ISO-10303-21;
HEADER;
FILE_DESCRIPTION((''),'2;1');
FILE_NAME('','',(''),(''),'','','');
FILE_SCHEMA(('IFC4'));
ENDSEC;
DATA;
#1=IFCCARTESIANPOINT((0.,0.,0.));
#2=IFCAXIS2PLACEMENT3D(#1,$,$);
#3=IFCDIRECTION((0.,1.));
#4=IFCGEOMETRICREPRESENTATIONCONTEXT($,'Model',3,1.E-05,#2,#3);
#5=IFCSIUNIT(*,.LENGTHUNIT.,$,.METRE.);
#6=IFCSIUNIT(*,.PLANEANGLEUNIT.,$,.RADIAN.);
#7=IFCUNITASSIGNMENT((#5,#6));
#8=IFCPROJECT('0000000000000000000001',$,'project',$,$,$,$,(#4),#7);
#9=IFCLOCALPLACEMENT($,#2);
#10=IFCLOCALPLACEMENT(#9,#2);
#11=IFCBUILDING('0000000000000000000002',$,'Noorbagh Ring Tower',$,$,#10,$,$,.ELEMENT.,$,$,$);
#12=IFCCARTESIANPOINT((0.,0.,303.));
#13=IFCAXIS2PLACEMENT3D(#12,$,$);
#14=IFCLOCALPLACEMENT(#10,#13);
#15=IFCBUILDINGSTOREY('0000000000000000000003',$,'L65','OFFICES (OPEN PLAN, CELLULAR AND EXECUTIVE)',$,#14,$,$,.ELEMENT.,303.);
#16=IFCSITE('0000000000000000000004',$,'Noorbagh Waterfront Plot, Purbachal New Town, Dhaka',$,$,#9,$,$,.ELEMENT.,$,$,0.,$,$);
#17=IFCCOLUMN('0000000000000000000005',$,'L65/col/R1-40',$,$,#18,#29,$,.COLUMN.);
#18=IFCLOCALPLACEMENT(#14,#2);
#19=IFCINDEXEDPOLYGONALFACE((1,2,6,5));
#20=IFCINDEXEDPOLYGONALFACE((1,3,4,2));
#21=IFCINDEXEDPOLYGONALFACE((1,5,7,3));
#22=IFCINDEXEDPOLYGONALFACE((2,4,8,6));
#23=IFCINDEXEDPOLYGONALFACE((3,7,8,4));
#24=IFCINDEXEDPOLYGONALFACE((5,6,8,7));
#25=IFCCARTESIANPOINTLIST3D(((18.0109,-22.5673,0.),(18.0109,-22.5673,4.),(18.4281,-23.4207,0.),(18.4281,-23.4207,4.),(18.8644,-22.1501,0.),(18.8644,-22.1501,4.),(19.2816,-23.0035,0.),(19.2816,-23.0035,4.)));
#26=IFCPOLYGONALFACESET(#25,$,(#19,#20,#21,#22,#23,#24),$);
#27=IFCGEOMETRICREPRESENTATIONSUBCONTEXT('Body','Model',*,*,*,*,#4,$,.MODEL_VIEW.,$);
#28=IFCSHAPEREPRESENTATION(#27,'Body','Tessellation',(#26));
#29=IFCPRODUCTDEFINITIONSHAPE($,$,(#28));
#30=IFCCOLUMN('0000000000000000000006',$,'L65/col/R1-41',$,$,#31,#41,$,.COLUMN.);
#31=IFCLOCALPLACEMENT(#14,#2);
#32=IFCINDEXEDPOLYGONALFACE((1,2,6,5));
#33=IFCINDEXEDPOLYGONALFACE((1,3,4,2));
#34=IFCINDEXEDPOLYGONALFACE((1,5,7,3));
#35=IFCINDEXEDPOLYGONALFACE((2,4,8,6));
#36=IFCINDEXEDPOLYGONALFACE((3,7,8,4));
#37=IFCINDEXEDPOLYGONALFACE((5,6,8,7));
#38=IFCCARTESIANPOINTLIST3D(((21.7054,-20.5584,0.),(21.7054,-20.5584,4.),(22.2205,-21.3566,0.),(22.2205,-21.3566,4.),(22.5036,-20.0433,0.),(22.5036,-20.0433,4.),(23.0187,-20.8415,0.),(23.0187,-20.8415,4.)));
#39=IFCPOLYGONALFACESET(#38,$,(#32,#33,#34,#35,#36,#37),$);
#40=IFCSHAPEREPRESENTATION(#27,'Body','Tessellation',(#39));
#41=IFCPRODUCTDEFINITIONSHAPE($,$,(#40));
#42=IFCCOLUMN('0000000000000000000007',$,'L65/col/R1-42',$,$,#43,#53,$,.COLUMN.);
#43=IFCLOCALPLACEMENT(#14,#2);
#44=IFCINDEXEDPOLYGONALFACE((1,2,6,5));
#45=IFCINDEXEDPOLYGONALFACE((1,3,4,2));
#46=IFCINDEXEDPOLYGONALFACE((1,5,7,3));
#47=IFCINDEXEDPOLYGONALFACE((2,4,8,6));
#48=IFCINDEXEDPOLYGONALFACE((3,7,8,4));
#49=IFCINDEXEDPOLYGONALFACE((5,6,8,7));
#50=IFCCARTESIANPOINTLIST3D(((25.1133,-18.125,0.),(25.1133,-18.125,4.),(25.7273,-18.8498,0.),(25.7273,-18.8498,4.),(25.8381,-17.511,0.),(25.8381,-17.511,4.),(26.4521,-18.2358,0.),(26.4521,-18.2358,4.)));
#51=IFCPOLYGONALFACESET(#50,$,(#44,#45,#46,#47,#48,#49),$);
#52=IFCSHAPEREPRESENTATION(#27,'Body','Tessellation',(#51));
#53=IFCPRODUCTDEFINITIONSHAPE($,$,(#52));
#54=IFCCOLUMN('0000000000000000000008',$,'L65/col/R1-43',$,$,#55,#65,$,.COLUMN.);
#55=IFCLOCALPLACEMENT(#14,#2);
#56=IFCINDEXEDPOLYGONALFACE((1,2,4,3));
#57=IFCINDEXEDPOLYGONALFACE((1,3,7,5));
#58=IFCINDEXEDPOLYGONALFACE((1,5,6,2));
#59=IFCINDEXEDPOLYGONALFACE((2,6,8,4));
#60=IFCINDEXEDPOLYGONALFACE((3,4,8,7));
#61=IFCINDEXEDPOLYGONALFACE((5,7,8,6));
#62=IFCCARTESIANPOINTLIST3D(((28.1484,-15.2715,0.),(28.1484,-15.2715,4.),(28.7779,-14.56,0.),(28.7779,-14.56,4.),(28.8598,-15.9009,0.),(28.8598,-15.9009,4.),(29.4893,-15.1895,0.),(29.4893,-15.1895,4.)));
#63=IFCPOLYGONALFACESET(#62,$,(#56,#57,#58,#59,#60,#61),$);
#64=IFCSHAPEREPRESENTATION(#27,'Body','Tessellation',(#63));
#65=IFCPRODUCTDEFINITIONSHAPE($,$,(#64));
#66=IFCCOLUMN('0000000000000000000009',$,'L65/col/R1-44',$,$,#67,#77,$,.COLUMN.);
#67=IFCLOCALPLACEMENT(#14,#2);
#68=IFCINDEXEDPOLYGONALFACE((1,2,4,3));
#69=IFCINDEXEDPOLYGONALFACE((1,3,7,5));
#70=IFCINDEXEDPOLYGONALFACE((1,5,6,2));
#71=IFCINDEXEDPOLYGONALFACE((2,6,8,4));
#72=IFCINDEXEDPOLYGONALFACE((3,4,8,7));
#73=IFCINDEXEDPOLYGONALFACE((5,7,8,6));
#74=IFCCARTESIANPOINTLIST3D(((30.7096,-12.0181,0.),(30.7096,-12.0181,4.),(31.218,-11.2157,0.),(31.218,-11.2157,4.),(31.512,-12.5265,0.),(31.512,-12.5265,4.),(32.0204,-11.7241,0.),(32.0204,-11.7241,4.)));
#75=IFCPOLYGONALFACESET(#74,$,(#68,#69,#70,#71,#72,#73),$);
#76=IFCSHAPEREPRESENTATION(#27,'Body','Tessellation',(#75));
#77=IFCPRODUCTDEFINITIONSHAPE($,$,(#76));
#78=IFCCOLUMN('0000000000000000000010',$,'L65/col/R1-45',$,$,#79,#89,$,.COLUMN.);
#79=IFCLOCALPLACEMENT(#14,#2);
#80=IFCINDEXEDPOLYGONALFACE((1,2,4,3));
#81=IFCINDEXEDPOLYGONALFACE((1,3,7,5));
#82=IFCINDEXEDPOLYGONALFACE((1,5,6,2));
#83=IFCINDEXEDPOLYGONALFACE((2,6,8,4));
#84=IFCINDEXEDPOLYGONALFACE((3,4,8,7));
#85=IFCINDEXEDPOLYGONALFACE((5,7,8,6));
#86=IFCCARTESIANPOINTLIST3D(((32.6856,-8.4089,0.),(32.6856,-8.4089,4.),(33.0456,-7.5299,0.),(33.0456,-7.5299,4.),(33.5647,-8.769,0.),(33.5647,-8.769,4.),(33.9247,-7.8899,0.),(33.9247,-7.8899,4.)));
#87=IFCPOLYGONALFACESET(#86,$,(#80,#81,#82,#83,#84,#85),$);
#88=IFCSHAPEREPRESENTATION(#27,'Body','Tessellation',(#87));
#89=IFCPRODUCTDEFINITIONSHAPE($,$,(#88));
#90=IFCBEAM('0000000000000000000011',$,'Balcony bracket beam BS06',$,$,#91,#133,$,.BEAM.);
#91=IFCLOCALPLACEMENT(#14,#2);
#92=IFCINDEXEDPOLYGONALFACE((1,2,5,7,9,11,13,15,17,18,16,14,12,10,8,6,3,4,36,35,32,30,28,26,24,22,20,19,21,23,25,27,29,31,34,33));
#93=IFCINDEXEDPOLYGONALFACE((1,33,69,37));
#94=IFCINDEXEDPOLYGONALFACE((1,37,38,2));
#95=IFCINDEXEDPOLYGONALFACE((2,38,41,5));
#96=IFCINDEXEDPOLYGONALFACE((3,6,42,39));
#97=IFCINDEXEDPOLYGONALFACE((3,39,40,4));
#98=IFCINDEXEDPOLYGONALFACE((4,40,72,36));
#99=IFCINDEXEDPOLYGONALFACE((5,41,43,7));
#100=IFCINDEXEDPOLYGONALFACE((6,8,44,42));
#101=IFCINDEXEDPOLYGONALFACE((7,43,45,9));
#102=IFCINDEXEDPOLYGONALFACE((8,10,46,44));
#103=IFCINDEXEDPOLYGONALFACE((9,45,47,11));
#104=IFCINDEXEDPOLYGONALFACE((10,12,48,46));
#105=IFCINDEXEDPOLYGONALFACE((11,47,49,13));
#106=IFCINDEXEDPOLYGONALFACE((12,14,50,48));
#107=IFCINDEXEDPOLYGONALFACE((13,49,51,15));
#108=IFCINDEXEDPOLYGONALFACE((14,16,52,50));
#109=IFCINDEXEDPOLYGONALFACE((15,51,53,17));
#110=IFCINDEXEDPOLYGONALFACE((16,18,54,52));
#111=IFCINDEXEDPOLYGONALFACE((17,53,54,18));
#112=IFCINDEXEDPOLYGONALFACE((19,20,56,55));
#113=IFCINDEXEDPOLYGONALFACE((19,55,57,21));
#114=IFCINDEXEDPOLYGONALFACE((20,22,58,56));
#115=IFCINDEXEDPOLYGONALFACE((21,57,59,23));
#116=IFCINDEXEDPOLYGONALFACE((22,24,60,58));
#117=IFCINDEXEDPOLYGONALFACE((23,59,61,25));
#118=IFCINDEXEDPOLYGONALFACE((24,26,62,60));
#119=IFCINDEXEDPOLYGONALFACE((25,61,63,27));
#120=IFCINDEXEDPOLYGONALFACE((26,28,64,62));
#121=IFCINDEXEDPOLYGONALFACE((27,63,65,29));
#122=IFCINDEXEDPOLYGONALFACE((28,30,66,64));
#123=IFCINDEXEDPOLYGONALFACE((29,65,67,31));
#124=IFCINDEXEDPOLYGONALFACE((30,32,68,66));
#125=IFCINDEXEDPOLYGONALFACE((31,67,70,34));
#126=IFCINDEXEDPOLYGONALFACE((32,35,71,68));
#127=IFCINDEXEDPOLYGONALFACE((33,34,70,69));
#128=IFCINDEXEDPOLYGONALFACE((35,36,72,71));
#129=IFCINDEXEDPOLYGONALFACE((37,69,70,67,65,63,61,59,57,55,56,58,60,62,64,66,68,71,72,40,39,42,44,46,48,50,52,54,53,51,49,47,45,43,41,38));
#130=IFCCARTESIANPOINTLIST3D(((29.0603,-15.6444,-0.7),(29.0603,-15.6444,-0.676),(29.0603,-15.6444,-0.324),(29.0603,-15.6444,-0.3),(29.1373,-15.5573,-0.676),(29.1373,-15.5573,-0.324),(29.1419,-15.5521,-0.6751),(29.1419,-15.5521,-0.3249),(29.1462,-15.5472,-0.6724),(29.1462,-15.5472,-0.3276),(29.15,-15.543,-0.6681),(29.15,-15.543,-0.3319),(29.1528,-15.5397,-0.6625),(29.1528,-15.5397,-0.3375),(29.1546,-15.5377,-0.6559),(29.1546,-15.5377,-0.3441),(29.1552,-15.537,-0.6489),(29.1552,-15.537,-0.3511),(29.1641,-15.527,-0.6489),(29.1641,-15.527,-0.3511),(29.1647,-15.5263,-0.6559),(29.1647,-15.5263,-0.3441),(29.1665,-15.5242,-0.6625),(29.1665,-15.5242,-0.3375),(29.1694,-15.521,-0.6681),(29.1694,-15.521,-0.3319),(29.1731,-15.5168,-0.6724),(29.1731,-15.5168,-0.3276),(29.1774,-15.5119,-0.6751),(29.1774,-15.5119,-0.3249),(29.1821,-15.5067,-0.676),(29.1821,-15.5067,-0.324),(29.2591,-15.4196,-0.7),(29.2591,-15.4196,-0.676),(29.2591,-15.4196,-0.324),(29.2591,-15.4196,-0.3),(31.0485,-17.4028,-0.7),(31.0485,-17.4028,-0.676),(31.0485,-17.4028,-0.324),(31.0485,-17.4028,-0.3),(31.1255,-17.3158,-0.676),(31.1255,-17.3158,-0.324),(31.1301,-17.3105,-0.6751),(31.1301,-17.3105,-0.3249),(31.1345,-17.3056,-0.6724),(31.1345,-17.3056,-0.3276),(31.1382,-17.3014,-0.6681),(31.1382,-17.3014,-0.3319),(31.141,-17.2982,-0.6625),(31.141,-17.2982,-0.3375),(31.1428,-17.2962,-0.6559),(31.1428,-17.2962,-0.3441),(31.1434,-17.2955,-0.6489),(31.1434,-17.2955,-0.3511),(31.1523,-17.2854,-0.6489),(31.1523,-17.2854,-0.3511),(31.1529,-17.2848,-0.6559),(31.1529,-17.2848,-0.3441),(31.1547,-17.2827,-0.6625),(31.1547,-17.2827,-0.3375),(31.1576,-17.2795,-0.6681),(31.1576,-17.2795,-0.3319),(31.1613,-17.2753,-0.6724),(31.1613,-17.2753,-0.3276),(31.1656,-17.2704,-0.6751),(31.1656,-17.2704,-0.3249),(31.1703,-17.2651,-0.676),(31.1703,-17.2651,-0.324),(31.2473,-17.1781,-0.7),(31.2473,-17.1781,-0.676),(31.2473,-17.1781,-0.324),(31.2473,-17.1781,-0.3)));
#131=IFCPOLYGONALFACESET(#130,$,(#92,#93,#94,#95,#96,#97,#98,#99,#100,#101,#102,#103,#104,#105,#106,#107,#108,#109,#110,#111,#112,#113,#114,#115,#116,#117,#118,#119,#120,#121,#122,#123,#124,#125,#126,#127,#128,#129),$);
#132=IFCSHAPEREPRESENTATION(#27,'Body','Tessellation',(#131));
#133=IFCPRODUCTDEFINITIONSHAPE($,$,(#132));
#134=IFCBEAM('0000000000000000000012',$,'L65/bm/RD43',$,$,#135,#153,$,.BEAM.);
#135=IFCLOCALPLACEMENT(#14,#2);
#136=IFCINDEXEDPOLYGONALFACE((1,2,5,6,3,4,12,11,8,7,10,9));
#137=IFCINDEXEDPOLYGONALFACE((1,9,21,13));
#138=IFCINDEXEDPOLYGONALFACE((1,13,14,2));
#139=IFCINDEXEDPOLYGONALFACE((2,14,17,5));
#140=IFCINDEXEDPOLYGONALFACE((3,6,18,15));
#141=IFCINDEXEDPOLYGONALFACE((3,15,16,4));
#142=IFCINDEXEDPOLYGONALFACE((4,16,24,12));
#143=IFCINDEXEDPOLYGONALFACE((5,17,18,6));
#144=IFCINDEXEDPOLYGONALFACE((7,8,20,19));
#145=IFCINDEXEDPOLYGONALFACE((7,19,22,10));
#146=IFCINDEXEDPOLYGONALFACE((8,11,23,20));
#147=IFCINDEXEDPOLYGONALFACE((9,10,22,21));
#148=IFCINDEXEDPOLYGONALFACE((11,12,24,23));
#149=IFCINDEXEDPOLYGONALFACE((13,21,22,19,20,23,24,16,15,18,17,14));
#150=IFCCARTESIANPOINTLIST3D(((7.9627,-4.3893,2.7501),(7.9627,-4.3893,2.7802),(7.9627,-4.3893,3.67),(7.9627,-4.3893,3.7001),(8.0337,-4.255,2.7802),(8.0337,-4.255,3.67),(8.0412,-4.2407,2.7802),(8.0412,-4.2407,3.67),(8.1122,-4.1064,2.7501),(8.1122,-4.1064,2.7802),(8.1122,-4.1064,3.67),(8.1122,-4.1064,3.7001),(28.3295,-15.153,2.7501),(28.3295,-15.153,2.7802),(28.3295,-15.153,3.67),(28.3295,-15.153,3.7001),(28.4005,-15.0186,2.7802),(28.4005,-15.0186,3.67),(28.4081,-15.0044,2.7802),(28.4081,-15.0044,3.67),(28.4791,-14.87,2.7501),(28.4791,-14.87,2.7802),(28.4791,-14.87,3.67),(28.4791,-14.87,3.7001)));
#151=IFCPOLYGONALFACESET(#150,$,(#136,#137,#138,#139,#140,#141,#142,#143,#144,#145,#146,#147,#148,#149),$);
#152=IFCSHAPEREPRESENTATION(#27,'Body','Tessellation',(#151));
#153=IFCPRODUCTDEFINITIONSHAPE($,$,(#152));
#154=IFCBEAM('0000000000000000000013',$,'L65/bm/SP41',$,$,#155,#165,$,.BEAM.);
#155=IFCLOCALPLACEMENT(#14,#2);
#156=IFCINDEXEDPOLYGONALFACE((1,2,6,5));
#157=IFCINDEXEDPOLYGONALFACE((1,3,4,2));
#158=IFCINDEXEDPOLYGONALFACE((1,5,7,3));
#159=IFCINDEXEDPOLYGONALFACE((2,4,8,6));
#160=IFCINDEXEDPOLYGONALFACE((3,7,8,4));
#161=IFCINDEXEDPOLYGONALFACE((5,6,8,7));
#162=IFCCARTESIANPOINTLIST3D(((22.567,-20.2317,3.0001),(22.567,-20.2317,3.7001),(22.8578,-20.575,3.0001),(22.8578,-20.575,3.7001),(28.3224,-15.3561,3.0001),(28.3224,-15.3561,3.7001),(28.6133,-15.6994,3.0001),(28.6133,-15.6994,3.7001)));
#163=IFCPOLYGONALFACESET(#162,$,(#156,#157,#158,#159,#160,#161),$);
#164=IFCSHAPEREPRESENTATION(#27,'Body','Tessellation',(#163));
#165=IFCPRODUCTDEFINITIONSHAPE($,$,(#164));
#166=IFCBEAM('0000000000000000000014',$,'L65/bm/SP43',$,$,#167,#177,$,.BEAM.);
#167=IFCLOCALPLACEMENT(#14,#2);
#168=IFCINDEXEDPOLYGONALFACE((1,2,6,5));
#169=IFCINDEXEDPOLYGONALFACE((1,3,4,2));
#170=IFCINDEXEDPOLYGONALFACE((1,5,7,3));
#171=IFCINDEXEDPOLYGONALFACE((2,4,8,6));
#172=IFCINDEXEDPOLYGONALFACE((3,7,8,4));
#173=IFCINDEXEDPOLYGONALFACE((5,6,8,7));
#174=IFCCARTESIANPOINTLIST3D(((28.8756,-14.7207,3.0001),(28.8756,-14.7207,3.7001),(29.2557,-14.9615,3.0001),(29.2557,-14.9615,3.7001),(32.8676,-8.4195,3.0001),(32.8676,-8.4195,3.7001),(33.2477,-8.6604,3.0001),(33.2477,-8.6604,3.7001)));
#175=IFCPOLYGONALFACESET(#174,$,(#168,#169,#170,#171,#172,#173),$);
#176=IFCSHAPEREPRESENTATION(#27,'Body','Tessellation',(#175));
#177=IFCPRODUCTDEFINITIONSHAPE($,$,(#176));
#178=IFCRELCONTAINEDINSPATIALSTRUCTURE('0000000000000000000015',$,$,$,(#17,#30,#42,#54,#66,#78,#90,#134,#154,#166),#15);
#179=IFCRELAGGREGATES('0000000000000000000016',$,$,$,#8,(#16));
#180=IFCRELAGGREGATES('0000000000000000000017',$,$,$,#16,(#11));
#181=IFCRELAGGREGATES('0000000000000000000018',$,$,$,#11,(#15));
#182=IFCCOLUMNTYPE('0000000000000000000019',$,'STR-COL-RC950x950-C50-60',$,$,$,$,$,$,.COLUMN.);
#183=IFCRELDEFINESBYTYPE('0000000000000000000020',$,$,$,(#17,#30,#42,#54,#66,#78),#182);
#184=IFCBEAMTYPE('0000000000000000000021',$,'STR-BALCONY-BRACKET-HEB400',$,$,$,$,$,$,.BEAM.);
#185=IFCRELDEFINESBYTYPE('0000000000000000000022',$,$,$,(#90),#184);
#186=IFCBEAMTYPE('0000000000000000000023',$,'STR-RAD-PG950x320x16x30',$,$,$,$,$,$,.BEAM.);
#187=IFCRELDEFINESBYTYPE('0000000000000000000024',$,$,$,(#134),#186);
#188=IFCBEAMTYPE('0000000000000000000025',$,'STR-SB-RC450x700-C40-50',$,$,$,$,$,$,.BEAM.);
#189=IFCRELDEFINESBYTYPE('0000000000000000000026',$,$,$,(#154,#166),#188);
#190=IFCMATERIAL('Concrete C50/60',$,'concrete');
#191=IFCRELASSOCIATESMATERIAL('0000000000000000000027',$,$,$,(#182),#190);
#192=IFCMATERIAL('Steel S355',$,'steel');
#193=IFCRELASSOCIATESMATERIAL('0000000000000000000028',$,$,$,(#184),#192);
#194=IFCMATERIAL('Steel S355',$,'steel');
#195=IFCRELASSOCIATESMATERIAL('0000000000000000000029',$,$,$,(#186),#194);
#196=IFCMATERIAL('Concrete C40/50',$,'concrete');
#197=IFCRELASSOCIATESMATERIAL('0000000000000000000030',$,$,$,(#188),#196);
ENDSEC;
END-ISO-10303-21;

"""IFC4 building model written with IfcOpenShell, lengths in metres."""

from ifc_helpers import new_model, si_unit, direction, frame, origin, origin_2d, place, context, subcontext, project, spatial, rectangle, i_section, extrude, material, material_profile, profile_set, type_object, element, save


model = new_model("IFC4")

# Units and contexts
model_context = context("Model", 3, precision=1e-05, world=origin(), true_north=direction((0.0, 1.0)))
body_context = subcontext(model_context, "Body", "Model", "MODEL_VIEW")
ifc_project = project(units=[si_unit("LENGTHUNIT", "METRE"), si_unit("PLANEANGLEUNIT", "RADIAN")], contexts=[model_context])

# Site, building, storey
site_placement = place(None, origin())
site = spatial("IfcSite", under=ifc_project, at=site_placement, Name="Noorbagh Waterfront Plot, Purbachal New Town, Dhaka", CompositionType="ELEMENT", RefElevation=0.0)
building_placement = place(site_placement, origin())
building = spatial("IfcBuilding", under=site, at=building_placement, Name="Noorbagh Ring Tower", CompositionType="ELEMENT")
storey_placement = place(building_placement, frame((0.0, 0.0, 303.0)))
storey = spatial("IfcBuildingStorey", under=building, at=storey_placement, Name="L65", Description="OFFICES (OPEN PLAN, CELLULAR AND EXECUTIVE)", CompositionType="ELEMENT", Elevation=303.0)

# Columns
ifc_material_1 = material(Name="Concrete C50/60", Category="concrete")
ifc_material_profile_1 = material_profile(ifc_material_1, rectangle(XDim=0.95, YDim=0.95, at=origin_2d()), Name="RC950x950")
ifc_profile_set_1 = profile_set([ifc_material_profile_1], Name="Concrete C50/60")
column_type = type_object("IfcColumnType", Name="STR-COL-RC950x950-C50-60", PredefinedType="COLUMN", material=ifc_profile_set_1)
for number, where, z_axis, x_axis, name in (
    (1, (18.6462, -22.7854, 0.0), (0.0, 0.0, 1.0), (0.898399, 0.43918, 0.0), "L65/col/R1-40"),
    (2, (22.3621, -20.7, 0.0), (0.0, 0.0, 1.0), (0.840248, 0.542203, 0.0), "L65/col/R1-41"),
    (3, (25.7827, -18.1804, 0.0), (0.0, 0.0, 1.0), (0.763035, 0.646357, 0.0), "L65/col/R1-42"),
    (4, (28.8188, -15.2305, 0.0), (0.0, 0.0, 1.0), (0.662636, 0.748942, 0.0), "L65/col/R1-43"),
    (5, (31.365, -11.8711, 0.0), (0.0, 0.0, 1.0), (0.53519, 0.844731, 0.0), "L65/col/R1-44"),
    (6, (33.3052, -8.1494, 0.0), (0.0, 0.0, 1.0), (0.378989, 0.925401, 0.0), "L65/col/R1-45"),
):
    element("IfcColumn", number, at=place(storey_placement, frame(where, z_axis=z_axis, x_axis=x_axis)), inside=storey, type_object=column_type, Name=name, PredefinedType="COLUMN", context=body_context, shape_type="SweptSolid", body=[
        extrude(rectangle(XDim=0.95, YDim=0.95, at=origin_2d()), origin(), (0.0, 0.0, 1.0), 4.0),
    ])

# Beams
ifc_material_2 = material(Name="Steel S355", Category="steel")
ifc_material_profile_2 = material_profile(ifc_material_2, i_section(OverallWidth=0.3, OverallDepth=0.3999, WebThickness=0.0134, FlangeThickness=0.0239, FilletRadius=0.0271, at=origin_2d()), Name="HEB400")
ifc_profile_set_2 = profile_set([ifc_material_profile_2], Name="Steel S355")
beam_type_1 = type_object("IfcBeamType", Name="STR-BALCONY-BRACKET-HEB400", PredefinedType="BEAM", material=ifc_profile_set_2)
beam_1_placement = place(storey_placement, frame((29.1597, -15.532, -0.5), z_axis=(0.749056, -0.662506, 0.0), x_axis=(0.662506, 0.749056, 0.0)))
element("IfcBeam", 7, at=beam_1_placement, inside=storey, type_object=beam_type_1, Name="Balcony bracket beam BS06", PredefinedType="BEAM", context=body_context, shape_type="SweptSolid", body=[
    extrude(i_section(OverallWidth=0.3, OverallDepth=0.3999, WebThickness=0.0134, FlangeThickness=0.0239, FilletRadius=0.0271, at=origin_2d()), origin(), (0.0, 0.0, 1.0), 2.6543),
])
ifc_material_3 = material(Name="Steel S355", Category="steel")
ifc_material_profile_3 = material_profile(ifc_material_3, i_section(OverallWidth=0.3201, OverallDepth=0.95, WebThickness=0.0161, FlangeThickness=0.03, at=origin_2d()), Name="PG950x320x16x30")
ifc_profile_set_3 = profile_set([ifc_material_profile_3], Name="Steel S355")
beam_type_2 = type_object("IfcBeamType", Name="STR-RAD-PG950x320x16x30", PredefinedType="BEAM", material=ifc_profile_set_3)
beam_2_placement = place(storey_placement, frame((28.4043, -15.0115, 3.2251), z_axis=(-0.884126, 0.467249, 0.0), x_axis=(-0.467249, -0.884126, 0.0)))
element("IfcBeam", 8, at=beam_2_placement, inside=storey, type_object=beam_type_2, Name="L65/bm/RD43", PredefinedType="BEAM", context=body_context, shape_type="SweptSolid", body=[
    extrude(i_section(OverallWidth=0.3201, OverallDepth=0.95, WebThickness=0.0161, FlangeThickness=0.03, at=origin_2d()), origin(), (0.0, 0.0, 1.0), 23.0361),
])
ifc_material_4 = material(Name="Concrete C40/50", Category="concrete")
ifc_material_profile_4 = material_profile(ifc_material_4, rectangle(XDim=0.45, YDim=0.7, at=origin_2d()), Name="RC450x700")
ifc_profile_set_4 = profile_set([ifc_material_profile_4], Name="Concrete C40/50")
beam_type_3 = type_object("IfcBeamType", Name="STR-SB-RC450x700-C40-50", PredefinedType="BEAM", material=ifc_profile_set_4)
beam_3_placement = place(storey_placement, frame((22.7124, -20.4033, 3.3501), z_axis=(0.763023, 0.646372, 0.0), x_axis=(-0.646372, 0.763023, 0.0)))
element("IfcBeam", 9, at=beam_3_placement, inside=storey, type_object=beam_type_3, Name="L65/bm/SP41", PredefinedType="BEAM", context=body_context, shape_type="SweptSolid", body=[
    extrude(rectangle(XDim=0.45, YDim=0.7, at=origin_2d()), origin(), (0.0, 0.0, 1.0), 7.543),
])
beam_4_placement = place(storey_placement, frame((29.0657, -14.8411, 3.3501), z_axis=(0.535176, 0.844741, 0.0), x_axis=(-0.844741, 0.535176, 0.0)))
element("IfcBeam", 10, at=beam_4_placement, inside=storey, type_object=beam_type_3, Name="L65/bm/SP43", PredefinedType="BEAM", context=body_context, shape_type="SweptSolid", body=[
    extrude(rectangle(XDim=0.45, YDim=0.7, at=origin_2d()), origin(), (0.0, 0.0, 1.0), 7.4592),
])

save(model, "model.ifc")
